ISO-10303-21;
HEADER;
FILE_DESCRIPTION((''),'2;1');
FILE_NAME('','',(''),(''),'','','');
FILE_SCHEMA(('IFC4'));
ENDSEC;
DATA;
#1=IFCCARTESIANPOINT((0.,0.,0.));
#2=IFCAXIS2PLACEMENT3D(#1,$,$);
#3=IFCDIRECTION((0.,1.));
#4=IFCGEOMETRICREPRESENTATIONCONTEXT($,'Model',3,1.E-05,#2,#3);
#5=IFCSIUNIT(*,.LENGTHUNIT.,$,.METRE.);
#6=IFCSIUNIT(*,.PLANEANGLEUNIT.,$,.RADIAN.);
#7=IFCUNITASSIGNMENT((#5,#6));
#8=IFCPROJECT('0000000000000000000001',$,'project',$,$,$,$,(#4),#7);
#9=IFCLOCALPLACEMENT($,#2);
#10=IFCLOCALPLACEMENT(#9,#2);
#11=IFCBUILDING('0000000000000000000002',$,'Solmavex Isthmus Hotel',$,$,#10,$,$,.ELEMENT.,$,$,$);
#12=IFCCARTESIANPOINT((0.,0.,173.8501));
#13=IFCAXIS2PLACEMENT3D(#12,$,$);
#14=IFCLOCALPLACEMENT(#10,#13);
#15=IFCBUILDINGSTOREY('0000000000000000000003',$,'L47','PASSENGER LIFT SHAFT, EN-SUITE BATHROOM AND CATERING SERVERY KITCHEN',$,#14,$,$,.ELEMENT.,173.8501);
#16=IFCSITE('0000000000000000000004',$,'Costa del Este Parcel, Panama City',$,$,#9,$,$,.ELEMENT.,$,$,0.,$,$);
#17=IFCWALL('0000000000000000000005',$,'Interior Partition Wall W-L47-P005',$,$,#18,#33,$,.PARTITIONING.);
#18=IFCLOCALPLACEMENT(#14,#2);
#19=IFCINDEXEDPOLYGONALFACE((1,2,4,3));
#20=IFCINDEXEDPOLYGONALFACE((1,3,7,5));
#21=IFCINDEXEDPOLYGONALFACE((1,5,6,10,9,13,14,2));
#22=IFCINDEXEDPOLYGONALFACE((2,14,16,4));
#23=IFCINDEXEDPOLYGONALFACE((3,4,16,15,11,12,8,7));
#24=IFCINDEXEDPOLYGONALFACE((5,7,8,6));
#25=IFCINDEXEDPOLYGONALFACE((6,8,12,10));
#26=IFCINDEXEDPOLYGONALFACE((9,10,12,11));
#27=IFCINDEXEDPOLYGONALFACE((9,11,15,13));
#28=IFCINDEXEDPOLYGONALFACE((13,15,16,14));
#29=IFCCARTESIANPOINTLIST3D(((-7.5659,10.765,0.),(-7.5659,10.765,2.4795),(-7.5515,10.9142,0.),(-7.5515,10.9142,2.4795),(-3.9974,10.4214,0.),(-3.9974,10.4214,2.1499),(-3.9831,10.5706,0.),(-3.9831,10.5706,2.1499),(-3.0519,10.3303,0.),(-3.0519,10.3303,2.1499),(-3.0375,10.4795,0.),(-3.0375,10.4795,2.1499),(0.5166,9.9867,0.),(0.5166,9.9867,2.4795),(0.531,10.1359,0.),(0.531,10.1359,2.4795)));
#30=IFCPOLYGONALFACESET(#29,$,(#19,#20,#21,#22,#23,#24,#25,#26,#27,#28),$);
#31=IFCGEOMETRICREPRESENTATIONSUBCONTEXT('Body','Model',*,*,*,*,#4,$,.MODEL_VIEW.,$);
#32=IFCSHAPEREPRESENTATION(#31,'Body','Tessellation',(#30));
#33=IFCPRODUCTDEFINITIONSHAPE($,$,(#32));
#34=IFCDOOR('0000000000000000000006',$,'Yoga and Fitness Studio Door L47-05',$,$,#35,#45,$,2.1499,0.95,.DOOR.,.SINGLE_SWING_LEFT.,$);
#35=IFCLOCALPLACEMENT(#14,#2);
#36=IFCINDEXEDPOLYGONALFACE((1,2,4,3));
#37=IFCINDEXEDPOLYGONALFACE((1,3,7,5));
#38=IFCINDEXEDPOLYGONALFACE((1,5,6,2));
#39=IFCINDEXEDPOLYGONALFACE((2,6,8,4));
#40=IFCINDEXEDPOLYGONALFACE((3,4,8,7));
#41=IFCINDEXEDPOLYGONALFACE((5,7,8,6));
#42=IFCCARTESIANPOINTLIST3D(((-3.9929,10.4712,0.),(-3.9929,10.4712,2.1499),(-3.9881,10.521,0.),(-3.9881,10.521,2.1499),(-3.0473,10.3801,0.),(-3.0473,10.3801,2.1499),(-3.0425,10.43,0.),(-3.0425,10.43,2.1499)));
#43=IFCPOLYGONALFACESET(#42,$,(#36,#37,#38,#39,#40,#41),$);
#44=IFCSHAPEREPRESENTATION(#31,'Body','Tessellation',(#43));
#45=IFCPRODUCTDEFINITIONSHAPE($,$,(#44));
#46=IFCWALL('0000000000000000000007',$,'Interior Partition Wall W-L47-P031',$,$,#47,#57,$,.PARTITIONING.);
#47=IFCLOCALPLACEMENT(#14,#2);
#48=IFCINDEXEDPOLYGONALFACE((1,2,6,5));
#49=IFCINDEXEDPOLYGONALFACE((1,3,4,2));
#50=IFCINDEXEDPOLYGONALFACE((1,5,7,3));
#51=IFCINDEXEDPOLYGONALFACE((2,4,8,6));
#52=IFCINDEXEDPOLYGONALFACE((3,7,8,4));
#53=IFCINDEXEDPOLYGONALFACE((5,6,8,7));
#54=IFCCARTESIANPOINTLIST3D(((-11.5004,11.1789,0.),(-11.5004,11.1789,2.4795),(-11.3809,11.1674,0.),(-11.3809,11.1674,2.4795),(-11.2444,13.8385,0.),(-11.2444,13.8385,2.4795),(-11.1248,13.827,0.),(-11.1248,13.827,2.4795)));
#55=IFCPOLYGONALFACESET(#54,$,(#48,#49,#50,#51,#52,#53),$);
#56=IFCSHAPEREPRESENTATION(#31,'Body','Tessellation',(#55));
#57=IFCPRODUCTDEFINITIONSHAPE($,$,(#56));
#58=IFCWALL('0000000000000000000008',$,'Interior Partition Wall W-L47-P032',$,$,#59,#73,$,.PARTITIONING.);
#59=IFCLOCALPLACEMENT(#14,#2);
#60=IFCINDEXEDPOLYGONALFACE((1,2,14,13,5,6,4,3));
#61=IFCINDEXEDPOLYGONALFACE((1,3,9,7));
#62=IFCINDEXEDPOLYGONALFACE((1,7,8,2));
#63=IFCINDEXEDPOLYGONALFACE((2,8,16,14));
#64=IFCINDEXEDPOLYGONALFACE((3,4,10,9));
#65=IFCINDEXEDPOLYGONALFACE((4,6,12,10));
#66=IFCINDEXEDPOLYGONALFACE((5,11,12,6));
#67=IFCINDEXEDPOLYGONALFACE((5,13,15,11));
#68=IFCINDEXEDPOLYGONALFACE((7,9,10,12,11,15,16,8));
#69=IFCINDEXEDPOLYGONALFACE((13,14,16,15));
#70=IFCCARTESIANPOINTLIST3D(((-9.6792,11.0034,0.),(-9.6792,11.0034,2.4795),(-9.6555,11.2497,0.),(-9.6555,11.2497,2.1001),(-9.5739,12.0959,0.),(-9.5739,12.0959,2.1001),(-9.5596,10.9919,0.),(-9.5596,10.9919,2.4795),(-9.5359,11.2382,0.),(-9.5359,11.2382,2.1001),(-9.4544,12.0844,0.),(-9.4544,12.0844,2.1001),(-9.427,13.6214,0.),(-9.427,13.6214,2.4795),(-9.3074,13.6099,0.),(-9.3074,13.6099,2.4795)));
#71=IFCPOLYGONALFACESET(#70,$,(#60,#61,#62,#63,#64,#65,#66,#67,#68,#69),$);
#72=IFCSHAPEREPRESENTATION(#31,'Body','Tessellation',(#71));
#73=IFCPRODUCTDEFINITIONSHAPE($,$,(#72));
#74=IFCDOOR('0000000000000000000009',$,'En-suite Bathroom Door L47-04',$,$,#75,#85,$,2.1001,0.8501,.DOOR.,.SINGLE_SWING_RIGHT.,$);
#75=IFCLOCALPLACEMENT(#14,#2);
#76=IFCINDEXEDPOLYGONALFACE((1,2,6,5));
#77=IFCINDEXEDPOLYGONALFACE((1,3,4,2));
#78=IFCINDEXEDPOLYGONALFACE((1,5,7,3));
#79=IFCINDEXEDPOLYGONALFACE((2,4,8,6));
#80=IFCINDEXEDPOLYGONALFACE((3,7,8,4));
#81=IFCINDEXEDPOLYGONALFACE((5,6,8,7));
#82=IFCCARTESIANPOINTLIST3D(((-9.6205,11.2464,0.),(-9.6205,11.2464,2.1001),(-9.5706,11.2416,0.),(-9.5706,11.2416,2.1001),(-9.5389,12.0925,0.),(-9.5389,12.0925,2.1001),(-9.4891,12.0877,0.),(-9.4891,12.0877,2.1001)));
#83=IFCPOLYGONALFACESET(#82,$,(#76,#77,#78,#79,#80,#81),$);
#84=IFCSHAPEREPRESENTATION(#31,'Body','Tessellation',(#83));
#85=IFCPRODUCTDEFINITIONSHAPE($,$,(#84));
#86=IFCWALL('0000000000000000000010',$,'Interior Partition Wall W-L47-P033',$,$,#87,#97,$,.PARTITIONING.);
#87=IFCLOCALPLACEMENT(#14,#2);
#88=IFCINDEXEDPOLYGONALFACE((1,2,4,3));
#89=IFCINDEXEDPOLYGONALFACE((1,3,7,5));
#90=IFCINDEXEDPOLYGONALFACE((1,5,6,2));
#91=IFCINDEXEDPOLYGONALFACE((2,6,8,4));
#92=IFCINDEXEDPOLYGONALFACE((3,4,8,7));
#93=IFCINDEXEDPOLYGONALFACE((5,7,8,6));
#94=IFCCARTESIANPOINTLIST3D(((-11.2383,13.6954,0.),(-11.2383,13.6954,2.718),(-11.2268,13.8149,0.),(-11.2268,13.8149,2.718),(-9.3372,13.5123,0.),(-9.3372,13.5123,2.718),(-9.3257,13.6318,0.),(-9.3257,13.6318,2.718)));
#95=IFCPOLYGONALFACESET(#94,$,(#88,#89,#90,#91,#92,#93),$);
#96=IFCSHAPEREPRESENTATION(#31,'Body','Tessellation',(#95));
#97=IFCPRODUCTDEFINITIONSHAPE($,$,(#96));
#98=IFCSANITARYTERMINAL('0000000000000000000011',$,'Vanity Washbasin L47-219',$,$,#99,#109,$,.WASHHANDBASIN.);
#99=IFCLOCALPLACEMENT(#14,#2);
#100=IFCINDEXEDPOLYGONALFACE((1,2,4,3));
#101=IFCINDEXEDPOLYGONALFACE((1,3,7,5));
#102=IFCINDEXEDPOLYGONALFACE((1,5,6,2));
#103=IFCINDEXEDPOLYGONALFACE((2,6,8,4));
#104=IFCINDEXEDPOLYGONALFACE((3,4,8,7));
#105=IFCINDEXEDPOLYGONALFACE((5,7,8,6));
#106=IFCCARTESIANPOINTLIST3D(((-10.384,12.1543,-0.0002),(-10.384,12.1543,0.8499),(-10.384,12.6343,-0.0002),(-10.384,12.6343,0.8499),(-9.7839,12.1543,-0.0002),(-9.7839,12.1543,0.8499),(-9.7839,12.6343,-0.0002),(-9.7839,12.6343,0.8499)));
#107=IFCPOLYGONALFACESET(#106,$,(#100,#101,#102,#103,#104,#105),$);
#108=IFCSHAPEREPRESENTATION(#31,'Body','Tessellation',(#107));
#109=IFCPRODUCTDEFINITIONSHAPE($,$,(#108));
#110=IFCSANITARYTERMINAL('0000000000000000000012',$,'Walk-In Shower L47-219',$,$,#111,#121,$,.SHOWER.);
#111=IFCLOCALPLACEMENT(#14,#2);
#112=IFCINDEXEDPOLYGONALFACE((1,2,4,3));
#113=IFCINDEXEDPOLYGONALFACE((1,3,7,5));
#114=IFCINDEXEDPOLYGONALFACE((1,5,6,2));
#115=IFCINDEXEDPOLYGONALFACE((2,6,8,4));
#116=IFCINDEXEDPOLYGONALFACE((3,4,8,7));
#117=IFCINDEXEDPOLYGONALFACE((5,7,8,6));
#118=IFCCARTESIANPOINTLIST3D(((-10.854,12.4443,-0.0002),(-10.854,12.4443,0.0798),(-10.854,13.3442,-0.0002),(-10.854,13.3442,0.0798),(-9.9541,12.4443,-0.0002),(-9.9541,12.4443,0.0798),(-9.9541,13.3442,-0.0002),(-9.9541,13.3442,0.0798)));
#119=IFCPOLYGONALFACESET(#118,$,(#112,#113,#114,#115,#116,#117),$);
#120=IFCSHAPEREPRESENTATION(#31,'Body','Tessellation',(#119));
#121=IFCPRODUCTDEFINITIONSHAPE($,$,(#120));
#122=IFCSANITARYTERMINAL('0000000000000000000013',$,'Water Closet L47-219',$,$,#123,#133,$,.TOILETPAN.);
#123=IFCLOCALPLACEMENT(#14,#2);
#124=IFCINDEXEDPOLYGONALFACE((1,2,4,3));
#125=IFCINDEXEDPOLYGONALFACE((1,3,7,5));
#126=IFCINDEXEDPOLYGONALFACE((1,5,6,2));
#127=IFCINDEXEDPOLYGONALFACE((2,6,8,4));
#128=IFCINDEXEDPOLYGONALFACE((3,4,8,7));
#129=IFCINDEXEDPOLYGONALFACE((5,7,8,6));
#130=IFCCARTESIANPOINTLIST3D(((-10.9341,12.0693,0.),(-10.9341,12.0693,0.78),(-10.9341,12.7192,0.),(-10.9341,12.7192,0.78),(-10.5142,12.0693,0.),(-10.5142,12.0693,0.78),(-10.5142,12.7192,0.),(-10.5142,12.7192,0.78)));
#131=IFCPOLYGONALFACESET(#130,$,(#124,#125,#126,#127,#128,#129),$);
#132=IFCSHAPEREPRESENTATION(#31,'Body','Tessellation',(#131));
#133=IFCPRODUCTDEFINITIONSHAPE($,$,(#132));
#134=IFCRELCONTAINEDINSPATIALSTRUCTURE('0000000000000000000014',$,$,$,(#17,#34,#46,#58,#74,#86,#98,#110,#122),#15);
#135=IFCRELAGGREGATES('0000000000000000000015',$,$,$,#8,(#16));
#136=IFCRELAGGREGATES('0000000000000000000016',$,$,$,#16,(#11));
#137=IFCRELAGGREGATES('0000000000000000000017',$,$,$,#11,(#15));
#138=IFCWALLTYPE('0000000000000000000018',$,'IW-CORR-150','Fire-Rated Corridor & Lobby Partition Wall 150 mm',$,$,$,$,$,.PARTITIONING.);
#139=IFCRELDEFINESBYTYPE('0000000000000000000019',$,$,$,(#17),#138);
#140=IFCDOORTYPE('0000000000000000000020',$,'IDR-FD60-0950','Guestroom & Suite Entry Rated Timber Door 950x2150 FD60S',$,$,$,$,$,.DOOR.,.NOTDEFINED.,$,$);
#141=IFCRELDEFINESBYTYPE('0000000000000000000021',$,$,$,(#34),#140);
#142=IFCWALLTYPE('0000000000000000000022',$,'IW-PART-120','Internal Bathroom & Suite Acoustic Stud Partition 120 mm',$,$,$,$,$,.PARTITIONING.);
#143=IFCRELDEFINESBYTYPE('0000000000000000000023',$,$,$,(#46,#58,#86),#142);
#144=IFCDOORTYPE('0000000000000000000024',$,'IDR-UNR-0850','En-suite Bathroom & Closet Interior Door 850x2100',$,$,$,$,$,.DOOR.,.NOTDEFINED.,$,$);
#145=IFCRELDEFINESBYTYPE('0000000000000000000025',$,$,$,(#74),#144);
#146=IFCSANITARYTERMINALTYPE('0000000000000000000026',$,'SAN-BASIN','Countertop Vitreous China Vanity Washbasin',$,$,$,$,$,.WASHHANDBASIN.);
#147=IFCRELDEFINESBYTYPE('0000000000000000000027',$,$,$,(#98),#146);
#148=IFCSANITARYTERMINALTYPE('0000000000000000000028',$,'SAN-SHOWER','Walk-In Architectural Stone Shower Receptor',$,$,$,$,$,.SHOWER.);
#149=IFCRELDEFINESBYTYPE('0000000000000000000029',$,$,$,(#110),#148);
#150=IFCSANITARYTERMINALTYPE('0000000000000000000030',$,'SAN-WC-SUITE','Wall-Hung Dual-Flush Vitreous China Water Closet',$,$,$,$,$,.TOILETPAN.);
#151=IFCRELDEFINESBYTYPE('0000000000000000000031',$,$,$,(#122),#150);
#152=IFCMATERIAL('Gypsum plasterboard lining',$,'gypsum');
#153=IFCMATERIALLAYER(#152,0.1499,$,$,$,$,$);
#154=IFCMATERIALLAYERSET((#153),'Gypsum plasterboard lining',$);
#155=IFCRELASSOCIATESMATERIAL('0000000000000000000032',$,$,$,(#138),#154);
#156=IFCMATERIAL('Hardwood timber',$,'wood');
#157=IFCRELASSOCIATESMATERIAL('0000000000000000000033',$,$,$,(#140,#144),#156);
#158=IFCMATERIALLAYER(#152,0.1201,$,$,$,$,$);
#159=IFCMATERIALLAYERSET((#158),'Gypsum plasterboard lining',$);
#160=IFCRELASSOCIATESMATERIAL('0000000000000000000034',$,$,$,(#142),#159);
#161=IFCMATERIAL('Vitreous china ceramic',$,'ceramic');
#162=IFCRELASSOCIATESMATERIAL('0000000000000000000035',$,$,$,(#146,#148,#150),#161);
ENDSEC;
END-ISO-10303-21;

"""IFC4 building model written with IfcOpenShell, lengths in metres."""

from ifc_helpers import new_model, si_unit, direction, frame, frame_2d, origin, origin_2d, place, context, subcontext, project, spatial, rectangle, extrude, material, layer, layer_set, type_object, element, fill, save


model = new_model("IFC4")

# Units and contexts
model_context = context("Model", 3, precision=1e-05, world=origin(), true_north=direction((0.0, 1.0)))
body_context = subcontext(model_context, "Body", "Model", "MODEL_VIEW")
ifc_project = project(units=[si_unit("LENGTHUNIT", "METRE"), si_unit("PLANEANGLEUNIT", "RADIAN")], contexts=[model_context])

# Site, building, storey
site_placement = place(None, origin())
site = spatial("IfcSite", under=ifc_project, at=site_placement, Name="Costa del Este Parcel, Panama City", CompositionType="ELEMENT", RefElevation=0.0)
building_placement = place(site_placement, origin())
building = spatial("IfcBuilding", under=site, at=building_placement, Name="Solmavex Isthmus Hotel", CompositionType="ELEMENT")
storey_placement = place(building_placement, frame((0.0, 0.0, 173.8501)))
storey = spatial("IfcBuildingStorey", under=building, at=storey_placement, Name="L47", Description="PASSENGER LIFT SHAFT, EN-SUITE BATHROOM AND CATERING SERVERY KITCHEN", CompositionType="ELEMENT", Elevation=173.8501)

# Shared definitions
ifc_material_1 = material(Name="Gypsum plasterboard lining", Category="gypsum")

# Shared definitions
ifc_layer_1 = layer(ifc_material_1, 0.1499)
ifc_layer_set_1 = layer_set([ifc_layer_1], Name="Gypsum plasterboard lining")
wall_type_1 = type_object("IfcWallType", Name="IW-CORR-150", Description="Fire-Rated Corridor & Lobby Partition Wall 150 mm", PredefinedType="PARTITIONING", material=ifc_layer_set_1)
ifc_material_2 = material(Name="Hardwood timber", Category="wood")
door_type_1 = type_object("IfcDoorType", Name="IDR-FD60-0950", Description="Guestroom & Suite Entry Rated Timber Door 950x2150 FD60S", OperationType="NOTDEFINED", PredefinedType="DOOR", material=ifc_material_2)

# Wall, opening, door
wall_1_placement = place(storey_placement, frame((-7.5588, 10.8396, 0.0), z_axis=(0.0, 0.0, 1.0), x_axis=(0.995395, -0.095853, 0.0)))
wall_1 = element("IfcWall", 1, at=wall_1_placement, inside=storey, type_object=wall_type_1, Name="Interior Partition Wall W-L47-P005", PredefinedType="PARTITIONING", context=body_context, shape_type="SweptSolid", body=[
    extrude(rectangle(XDim=8.1199, YDim=0.1499, at=frame_2d((4.0601, 0.0))), origin(), (0.0, 0.0, 1.0), 2.4795),
])
opening_1_placement = place(wall_1_placement, frame((3.585, 0.0, 0.0)))
opening_1 = element("IfcOpeningElement", 2, at=opening_1_placement, cuts=wall_1, PredefinedType="OPENING", context=body_context, shape_type="SweptSolid", body=[
    extrude(rectangle(XDim=0.95, YDim=2.1499, at=frame_2d((0.4751, 1.075))), frame((0.0, 0.085, 0.0), z_axis=(0.0, -1.0, 0.0), x_axis=(1.0, 0.0, 0.0)), (0.0, 0.0, 1.0), 0.1699),
])
door_1_placement = place(opening_1_placement, frame((0.95, 0.0, 0.0), z_axis=(0.0, 0.0, 1.0), x_axis=(-1.0, 0.0, 0.0)))
door_1 = element("IfcDoor", 3, at=door_1_placement, inside=storey, type_object=door_type_1, Name="Yoga and Fitness Studio Door L47-05", OperationType="SINGLE_SWING_LEFT", OverallHeight=2.1499, OverallWidth=0.95, PredefinedType="DOOR", context=body_context, shape_type="SweptSolid", body=[
    extrude(rectangle(XDim=0.95, YDim=2.1499, at=frame_2d((0.4751, 1.075))), frame((0.0, 0.0249, 0.0), z_axis=(0.0, -1.0, 0.0), x_axis=(1.0, 0.0, 0.0)), (0.0, 0.0, 1.0), 0.05),
])
fill(opening_1, door_1)

# Wall
ifc_layer_2 = layer(ifc_material_1, 0.1201)
ifc_layer_set_2 = layer_set([ifc_layer_2], Name="Gypsum plasterboard lining")
wall_type_2 = type_object("IfcWallType", Name="IW-PART-120", Description="Internal Bathroom & Suite Acoustic Stud Partition 120 mm", PredefinedType="PARTITIONING", material=ifc_layer_set_2)
wall_2_placement = place(storey_placement, frame((-11.1846, 13.8328, 0.0), z_axis=(0.0, 0.0, 1.0), x_axis=(-0.095848, -0.995396, 0.0)))
element("IfcWall", 4, at=wall_2_placement, inside=storey, type_object=wall_type_2, Name="Interior Partition Wall W-L47-P031", PredefinedType="PARTITIONING", context=body_context, shape_type="SweptSolid", body=[
    extrude(rectangle(XDim=2.6719, YDim=0.1201, at=frame_2d((1.3359, 0.0))), origin(), (0.0, 0.0, 1.0), 2.4795),
])

# Wall, opening, door
wall_3_placement = place(storey_placement, frame((-9.6194, 10.9978, 0.0), z_axis=(0.0, 0.0, 1.0), x_axis=(0.095891, 0.995392, 0.0)))
wall_3 = element("IfcWall", 5, at=wall_3_placement, inside=storey, type_object=wall_type_2, Name="Interior Partition Wall W-L47-P032", PredefinedType="PARTITIONING", context=body_context, shape_type="SweptSolid", body=[
    extrude(rectangle(XDim=2.6301, YDim=0.1201, at=frame_2d((1.3149, 0.0))), origin(), (0.0, 0.0, 1.0), 2.4795),
])
opening_2_placement = place(wall_3_placement, frame((0.2473, 0.0, 0.0)))
opening_2 = element("IfcOpeningElement", 6, at=opening_2_placement, cuts=wall_3, PredefinedType="OPENING", context=body_context, shape_type="SweptSolid", body=[
    extrude(rectangle(XDim=0.8501, YDim=2.1001, at=frame_2d((0.425, 1.05))), frame((0.0, 0.0701, 0.0), z_axis=(0.0, -1.0, 0.0), x_axis=(1.0, 0.0, 0.0)), (0.0, 0.0, 1.0), 0.1401),
])
door_type_2 = type_object("IfcDoorType", Name="IDR-UNR-0850", Description="En-suite Bathroom & Closet Interior Door 850x2100", OperationType="NOTDEFINED", PredefinedType="DOOR", material=ifc_material_2)
door_2_placement = place(opening_2_placement, origin())
door_2 = element("IfcDoor", 7, at=door_2_placement, inside=storey, type_object=door_type_2, Name="En-suite Bathroom Door L47-04", OperationType="SINGLE_SWING_RIGHT", OverallHeight=2.1001, OverallWidth=0.8501, PredefinedType="DOOR", context=body_context, shape_type="SweptSolid", body=[
    extrude(rectangle(XDim=0.8501, YDim=2.1001, at=frame_2d((0.425, 1.05))), frame((0.0, 0.0249, 0.0), z_axis=(0.0, -1.0, 0.0), x_axis=(1.0, 0.0, 0.0)), (0.0, 0.0, 1.0), 0.05),
])
fill(opening_2, door_2)

# Wall
wall_4_placement = place(storey_placement, frame((-9.3313, 13.572, 0.0), z_axis=(0.0, 0.0, 1.0), x_axis=(-0.995394, 0.095871, 0.0)))
element("IfcWall", 8, at=wall_4_placement, inside=storey, type_object=wall_type_2, Name="Interior Partition Wall W-L47-P033", PredefinedType="PARTITIONING", context=body_context, shape_type="SweptSolid", body=[
    extrude(rectangle(XDim=1.9099, YDim=0.1201, at=frame_2d((0.9551, 0.0))), origin(), (0.0, 0.0, 1.0), 2.718),
])

# Sanitary terminals
ifc_material_3 = material(Name="Vitreous china ceramic", Category="ceramic")
sanitary_terminal_type_1 = type_object("IfcSanitaryTerminalType", Name="SAN-BASIN", Description="Countertop Vitreous China Vanity Washbasin", PredefinedType="WASHHANDBASIN", material=ifc_material_3)
sanitary_terminal_1_placement = place(storey_placement, frame((-10.084, 12.3943, -0.0002), z_axis=(0.0, 0.0, 1.0), x_axis=(1.0, 0.0, 0.0)))
element("IfcSanitaryTerminal", 9, at=sanitary_terminal_1_placement, inside=storey, type_object=sanitary_terminal_type_1, Name="Vanity Washbasin L47-219", PredefinedType="WASHHANDBASIN", context=body_context, shape_type="SweptSolid", body=[
    extrude(rectangle(XDim=0.6001, YDim=0.48, at=origin_2d()), origin(), (0.0, 0.0, 1.0), 0.8501),
])
sanitary_terminal_type_2 = type_object("IfcSanitaryTerminalType", Name="SAN-SHOWER", Description="Walk-In Architectural Stone Shower Receptor", PredefinedType="SHOWER", material=ifc_material_3)
sanitary_terminal_2_placement = place(storey_placement, frame((-10.4041, 12.8943, -0.0002), z_axis=(0.0, 0.0, 1.0), x_axis=(1.0, 0.0, 0.0)))
element("IfcSanitaryTerminal", 10, at=sanitary_terminal_2_placement, inside=storey, type_object=sanitary_terminal_type_2, Name="Walk-In Shower L47-219", PredefinedType="SHOWER", context=body_context, shape_type="SweptSolid", body=[
    extrude(rectangle(XDim=0.8999, YDim=0.8999, at=origin_2d()), origin(), (0.0, 0.0, 1.0), 0.0801),
])
sanitary_terminal_type_3 = type_object("IfcSanitaryTerminalType", Name="SAN-WC-SUITE", Description="Wall-Hung Dual-Flush Vitreous China Water Closet", PredefinedType="TOILETPAN", material=ifc_material_3)
sanitary_terminal_3_placement = place(storey_placement, frame((-10.7241, 12.3943, 0.0), z_axis=(0.0, 0.0, 1.0), x_axis=(1.0, 0.0, 0.0)))
element("IfcSanitaryTerminal", 11, at=sanitary_terminal_3_placement, inside=storey, type_object=sanitary_terminal_type_3, Name="Water Closet L47-219", PredefinedType="TOILETPAN", context=body_context, shape_type="SweptSolid", body=[
    extrude(rectangle(XDim=0.4199, YDim=0.6499, at=origin_2d()), origin(), (0.0, 0.0, 1.0), 0.78),
])

save(model, "model.ifc")
